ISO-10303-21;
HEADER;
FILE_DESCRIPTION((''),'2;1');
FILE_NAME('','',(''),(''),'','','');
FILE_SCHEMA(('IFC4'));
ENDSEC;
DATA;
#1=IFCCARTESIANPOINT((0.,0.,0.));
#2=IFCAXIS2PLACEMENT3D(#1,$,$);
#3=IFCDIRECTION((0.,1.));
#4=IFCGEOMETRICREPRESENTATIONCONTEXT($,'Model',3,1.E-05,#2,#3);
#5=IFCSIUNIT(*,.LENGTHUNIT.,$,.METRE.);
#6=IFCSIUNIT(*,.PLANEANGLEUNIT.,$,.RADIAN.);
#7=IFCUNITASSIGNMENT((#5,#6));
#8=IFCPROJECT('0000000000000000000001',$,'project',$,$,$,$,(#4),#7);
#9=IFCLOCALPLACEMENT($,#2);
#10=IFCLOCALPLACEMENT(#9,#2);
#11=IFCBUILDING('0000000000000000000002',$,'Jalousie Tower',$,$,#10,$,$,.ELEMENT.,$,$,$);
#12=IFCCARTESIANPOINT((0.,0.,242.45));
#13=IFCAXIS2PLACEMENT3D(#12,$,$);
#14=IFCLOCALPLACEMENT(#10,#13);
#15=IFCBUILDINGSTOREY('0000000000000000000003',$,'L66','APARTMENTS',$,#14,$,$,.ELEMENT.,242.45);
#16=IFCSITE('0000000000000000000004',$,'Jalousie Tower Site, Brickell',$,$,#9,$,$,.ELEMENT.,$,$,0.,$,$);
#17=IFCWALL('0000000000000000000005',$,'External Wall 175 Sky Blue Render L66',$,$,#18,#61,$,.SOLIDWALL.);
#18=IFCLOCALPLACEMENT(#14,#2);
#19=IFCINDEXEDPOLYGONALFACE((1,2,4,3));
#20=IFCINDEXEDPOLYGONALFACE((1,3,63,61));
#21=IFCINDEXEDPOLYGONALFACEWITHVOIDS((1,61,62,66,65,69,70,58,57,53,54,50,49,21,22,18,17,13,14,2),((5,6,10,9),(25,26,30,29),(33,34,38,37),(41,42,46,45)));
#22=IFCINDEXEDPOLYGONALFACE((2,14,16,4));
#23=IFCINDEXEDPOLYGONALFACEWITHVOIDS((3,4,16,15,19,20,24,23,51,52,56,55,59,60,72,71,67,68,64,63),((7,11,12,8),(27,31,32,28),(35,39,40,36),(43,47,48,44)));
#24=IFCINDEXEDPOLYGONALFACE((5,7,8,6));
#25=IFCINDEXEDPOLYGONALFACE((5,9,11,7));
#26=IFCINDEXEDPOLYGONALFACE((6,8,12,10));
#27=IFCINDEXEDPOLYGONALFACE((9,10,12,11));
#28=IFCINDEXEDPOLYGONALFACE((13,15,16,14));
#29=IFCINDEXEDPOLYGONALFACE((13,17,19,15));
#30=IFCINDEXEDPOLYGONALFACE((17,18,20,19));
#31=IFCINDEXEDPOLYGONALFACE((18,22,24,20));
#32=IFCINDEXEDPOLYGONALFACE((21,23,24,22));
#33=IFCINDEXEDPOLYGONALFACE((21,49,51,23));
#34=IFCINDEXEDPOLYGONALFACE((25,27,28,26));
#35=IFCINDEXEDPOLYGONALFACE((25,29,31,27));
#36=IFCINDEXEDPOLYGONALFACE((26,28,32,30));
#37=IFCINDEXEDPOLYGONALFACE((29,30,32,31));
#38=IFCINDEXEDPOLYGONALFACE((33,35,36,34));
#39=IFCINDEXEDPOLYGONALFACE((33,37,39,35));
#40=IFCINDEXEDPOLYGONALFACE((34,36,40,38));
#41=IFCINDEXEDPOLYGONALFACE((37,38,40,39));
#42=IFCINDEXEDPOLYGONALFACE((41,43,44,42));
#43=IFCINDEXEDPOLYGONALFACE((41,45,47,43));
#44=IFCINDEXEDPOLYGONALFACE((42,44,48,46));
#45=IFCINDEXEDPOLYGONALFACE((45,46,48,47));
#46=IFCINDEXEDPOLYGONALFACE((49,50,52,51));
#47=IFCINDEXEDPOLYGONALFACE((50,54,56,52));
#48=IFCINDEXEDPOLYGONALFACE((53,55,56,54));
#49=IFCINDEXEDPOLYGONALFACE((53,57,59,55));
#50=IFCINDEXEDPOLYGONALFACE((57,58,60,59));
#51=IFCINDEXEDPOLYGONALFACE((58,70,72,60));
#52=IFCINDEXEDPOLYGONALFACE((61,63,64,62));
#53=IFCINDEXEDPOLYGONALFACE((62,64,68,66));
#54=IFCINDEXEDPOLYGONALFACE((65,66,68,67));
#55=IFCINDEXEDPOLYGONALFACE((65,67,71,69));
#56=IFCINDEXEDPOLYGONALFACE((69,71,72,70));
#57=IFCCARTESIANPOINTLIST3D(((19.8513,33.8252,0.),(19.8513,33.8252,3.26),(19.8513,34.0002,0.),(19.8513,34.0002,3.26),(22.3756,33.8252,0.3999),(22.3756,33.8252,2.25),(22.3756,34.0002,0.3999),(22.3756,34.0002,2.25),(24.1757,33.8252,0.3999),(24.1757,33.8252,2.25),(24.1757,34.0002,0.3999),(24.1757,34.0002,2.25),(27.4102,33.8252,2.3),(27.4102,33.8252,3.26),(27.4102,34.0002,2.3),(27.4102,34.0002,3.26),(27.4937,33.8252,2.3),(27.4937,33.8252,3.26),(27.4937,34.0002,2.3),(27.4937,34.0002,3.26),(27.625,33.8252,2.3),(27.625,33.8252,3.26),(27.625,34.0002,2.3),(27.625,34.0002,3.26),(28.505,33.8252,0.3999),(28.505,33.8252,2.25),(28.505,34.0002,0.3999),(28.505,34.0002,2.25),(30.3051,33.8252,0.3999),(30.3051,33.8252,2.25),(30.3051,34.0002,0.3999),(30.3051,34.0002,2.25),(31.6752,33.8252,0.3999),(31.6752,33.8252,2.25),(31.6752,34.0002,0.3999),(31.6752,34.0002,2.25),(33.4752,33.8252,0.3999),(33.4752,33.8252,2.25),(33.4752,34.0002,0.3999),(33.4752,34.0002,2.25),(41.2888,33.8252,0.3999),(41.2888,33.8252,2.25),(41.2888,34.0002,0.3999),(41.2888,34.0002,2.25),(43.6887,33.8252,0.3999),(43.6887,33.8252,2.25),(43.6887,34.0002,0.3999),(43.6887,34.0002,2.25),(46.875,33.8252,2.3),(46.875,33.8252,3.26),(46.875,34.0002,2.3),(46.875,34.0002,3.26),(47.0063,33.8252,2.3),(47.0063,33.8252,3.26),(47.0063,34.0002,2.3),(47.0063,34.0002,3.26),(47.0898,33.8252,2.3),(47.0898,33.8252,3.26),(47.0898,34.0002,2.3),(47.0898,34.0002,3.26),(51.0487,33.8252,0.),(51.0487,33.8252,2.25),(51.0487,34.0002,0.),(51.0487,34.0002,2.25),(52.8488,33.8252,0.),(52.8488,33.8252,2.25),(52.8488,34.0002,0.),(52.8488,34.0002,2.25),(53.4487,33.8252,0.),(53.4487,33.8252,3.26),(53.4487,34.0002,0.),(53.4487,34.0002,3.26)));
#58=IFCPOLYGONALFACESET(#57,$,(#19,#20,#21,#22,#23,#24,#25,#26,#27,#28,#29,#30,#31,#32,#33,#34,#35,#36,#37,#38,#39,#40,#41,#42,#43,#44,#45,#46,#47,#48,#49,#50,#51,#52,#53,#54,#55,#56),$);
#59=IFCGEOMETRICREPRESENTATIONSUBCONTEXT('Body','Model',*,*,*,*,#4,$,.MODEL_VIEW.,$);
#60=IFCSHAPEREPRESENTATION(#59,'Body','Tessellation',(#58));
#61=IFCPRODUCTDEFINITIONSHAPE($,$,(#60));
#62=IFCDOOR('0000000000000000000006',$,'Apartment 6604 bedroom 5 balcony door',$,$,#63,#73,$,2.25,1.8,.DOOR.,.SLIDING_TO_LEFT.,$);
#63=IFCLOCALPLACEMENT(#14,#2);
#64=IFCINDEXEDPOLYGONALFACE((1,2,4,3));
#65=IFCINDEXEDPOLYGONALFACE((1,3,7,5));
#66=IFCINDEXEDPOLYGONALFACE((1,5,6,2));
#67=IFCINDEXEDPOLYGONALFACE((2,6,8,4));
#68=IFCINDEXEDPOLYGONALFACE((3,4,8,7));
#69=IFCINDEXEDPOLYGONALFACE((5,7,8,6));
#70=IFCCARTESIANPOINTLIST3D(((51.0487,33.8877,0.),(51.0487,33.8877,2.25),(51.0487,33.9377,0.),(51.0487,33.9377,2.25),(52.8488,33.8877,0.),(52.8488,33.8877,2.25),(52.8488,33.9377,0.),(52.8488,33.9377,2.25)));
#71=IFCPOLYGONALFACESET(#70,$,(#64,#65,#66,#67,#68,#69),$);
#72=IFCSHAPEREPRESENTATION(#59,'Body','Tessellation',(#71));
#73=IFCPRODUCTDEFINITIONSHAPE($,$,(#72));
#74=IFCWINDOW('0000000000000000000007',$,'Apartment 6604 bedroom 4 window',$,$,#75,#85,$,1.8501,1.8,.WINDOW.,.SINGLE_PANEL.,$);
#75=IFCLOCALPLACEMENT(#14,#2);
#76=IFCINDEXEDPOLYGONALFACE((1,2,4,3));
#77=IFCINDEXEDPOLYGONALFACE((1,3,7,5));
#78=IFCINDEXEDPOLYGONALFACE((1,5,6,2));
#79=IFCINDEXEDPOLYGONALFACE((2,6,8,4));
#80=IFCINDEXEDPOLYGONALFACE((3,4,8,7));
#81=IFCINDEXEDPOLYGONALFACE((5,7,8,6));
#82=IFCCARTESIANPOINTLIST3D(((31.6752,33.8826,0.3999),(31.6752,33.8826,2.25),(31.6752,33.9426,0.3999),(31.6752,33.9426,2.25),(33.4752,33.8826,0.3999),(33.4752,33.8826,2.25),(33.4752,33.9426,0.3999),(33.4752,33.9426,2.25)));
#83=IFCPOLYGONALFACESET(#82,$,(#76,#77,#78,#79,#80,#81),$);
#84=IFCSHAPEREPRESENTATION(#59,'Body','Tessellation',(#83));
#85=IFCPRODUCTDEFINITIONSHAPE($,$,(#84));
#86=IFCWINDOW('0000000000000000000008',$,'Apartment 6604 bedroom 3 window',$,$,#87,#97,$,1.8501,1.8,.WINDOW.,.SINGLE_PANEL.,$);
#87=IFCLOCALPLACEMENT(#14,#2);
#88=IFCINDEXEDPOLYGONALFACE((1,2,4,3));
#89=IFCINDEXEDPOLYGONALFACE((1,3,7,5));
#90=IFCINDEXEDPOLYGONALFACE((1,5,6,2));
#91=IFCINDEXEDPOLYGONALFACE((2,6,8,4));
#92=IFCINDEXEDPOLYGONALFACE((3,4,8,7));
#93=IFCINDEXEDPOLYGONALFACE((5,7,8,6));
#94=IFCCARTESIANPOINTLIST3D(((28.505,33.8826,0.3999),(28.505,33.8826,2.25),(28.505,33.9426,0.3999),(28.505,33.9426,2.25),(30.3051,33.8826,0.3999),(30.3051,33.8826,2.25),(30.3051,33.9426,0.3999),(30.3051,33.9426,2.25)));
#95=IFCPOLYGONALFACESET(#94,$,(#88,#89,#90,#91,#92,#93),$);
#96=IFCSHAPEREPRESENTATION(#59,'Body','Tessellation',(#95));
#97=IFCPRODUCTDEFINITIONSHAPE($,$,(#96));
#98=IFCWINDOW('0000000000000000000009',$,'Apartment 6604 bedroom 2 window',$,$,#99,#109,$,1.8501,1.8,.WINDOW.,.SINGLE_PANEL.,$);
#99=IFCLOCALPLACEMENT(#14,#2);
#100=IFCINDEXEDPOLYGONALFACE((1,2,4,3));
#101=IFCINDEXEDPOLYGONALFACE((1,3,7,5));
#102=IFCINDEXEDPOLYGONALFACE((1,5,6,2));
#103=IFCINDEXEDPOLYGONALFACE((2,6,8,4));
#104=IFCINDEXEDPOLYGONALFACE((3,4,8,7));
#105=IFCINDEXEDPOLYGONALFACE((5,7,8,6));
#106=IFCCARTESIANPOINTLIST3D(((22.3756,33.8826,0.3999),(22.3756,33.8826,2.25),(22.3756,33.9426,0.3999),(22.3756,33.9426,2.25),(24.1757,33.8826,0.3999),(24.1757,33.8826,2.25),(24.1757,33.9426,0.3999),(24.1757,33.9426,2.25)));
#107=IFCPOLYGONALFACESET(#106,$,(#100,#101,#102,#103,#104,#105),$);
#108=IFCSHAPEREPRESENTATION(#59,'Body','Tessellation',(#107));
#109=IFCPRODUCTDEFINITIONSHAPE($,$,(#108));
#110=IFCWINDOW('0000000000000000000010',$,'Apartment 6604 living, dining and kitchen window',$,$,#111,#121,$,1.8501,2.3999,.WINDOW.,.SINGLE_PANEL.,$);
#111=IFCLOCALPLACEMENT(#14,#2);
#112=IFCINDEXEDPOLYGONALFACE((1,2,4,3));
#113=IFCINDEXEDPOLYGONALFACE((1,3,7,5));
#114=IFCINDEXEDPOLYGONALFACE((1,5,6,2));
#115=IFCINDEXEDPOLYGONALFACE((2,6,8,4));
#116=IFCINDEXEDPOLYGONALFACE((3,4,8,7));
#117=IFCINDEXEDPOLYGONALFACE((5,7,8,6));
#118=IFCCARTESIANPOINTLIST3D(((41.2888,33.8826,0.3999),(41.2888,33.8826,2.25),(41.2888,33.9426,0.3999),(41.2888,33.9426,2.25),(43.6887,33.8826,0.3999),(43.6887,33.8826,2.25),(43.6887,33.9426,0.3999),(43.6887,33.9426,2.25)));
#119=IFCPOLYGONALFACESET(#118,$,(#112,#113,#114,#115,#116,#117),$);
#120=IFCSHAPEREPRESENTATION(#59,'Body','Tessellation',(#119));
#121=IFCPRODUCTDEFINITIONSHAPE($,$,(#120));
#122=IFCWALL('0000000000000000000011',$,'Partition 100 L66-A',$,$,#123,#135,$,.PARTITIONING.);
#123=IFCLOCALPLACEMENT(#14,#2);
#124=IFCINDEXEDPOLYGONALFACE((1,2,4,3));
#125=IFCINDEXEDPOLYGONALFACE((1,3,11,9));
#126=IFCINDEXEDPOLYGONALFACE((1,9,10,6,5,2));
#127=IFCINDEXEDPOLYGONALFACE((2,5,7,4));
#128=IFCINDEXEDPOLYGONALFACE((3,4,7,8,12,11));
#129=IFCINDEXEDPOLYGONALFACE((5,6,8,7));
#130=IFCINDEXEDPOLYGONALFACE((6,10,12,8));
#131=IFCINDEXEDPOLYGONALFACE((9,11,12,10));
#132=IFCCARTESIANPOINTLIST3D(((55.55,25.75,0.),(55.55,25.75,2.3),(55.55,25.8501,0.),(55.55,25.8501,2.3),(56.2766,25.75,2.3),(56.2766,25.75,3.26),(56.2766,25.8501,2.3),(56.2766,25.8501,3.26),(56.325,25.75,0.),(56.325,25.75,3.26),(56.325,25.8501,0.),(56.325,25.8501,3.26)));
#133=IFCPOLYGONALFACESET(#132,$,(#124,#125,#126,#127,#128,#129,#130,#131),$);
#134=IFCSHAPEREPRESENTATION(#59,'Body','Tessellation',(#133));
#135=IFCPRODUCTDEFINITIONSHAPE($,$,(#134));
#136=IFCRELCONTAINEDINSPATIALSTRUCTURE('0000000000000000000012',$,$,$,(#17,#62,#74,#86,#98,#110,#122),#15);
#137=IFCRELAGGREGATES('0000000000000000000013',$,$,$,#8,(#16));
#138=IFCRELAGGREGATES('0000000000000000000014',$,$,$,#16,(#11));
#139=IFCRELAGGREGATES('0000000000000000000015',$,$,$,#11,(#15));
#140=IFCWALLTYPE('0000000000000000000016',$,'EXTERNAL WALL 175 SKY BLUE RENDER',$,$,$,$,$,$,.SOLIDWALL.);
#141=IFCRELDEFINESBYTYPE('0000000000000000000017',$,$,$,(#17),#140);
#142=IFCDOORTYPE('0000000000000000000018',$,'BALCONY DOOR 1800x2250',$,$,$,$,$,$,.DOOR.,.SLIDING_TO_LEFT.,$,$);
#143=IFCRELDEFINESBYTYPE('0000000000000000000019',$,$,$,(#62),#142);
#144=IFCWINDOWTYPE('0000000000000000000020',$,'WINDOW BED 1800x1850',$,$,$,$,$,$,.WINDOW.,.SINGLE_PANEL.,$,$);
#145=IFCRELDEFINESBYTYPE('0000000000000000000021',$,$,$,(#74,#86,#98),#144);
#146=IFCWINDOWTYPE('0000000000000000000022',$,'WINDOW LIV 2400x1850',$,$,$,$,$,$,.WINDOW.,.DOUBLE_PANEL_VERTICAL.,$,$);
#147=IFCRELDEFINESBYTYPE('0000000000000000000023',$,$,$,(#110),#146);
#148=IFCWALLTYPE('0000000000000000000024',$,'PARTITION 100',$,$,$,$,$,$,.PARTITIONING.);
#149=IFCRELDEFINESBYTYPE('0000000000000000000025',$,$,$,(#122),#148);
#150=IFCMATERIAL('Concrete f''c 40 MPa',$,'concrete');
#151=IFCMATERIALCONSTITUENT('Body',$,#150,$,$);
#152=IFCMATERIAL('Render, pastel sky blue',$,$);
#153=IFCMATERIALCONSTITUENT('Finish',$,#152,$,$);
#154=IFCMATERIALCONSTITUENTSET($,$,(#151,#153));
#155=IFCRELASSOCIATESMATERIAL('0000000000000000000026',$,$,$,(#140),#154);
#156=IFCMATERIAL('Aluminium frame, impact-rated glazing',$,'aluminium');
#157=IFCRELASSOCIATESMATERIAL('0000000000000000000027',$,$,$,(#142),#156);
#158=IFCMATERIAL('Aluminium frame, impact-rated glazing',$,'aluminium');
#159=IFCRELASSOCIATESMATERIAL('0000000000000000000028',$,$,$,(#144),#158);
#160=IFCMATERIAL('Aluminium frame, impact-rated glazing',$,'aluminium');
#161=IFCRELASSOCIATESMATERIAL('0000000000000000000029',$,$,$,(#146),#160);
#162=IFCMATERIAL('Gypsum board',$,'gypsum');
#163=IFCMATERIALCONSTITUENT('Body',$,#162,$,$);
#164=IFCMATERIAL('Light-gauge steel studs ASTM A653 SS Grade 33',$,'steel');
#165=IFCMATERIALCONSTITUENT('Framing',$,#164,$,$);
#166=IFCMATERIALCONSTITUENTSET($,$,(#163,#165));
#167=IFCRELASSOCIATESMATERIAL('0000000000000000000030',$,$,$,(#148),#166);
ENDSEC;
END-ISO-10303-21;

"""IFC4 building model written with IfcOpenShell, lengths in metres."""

from ifc_helpers import new_model, si_unit, direction, frame, frame_2d, origin, place, context, subcontext, project, spatial, polyline, rectangle, outline, extrude, material, constituent, constituent_set, type_object, element, fill, save


model = new_model("IFC4")

# Units and contexts
model_context = context("Model", 3, precision=1e-05, world=origin(), true_north=direction((0.0, 1.0)))
body_context = subcontext(model_context, "Body", "Model", "MODEL_VIEW")
ifc_project = project(units=[si_unit("LENGTHUNIT", "METRE"), si_unit("PLANEANGLEUNIT", "RADIAN")], contexts=[model_context])

# Site, building, storey
site_placement = place(None, origin())
site = spatial("IfcSite", under=ifc_project, at=site_placement, Name="Jalousie Tower Site, Brickell", CompositionType="ELEMENT", RefElevation=0.0)
building_placement = place(site_placement, origin())
building = spatial("IfcBuilding", under=site, at=building_placement, Name="Jalousie Tower", CompositionType="ELEMENT")
storey_placement = place(building_placement, frame((0.0, 0.0, 242.45)))
storey = spatial("IfcBuildingStorey", under=building, at=storey_placement, Name="L66", Description="APARTMENTS", CompositionType="ELEMENT", Elevation=242.45)

# Wall, openings, door, windows
ifc_material_1 = material(Name="Concrete f'c 40 MPa", Category="concrete")
ifc_constituent_1 = constituent(ifc_material_1, Name="Body")
ifc_material_2 = material(Name="Render, pastel sky blue")
ifc_constituent_2 = constituent(ifc_material_2, Name="Finish")
ifc_constituent_set_1 = constituent_set(constituents=[ifc_constituent_1, ifc_constituent_2])
wall_type_1 = type_object("IfcWallType", Name="EXTERNAL WALL 175 SKY BLUE RENDER", PredefinedType="SOLIDWALL", material=ifc_constituent_set_1)
wall_1_placement = place(storey_placement, frame((53.4487, 33.9126, 0.0), z_axis=(0.0, 0.0, 1.0), x_axis=(-1.0, 0.0, 0.0)))
wall_1 = element("IfcWall", 1, at=wall_1_placement, inside=storey, type_object=wall_type_1, Name="External Wall 175 Sky Blue Render L66", PredefinedType="SOLIDWALL", context=body_context, shape_type="SweptSolid", body=[
    extrude(outline(polyline([(0.0, 0.0), (33.5974, 0.0), (33.5974, 3.26), (26.0386, 3.26), (26.0386, 2.3), (25.9551, 2.3), (25.9551, 3.26), (25.8237, 3.26), (25.8237, 2.3), (6.5737, 2.3), (6.5737, 3.26), (6.4424, 3.26), (6.4424, 2.3), (6.3589, 2.3), (6.3589, 3.26), (0.0, 3.26), (0.0, 0.0)])), frame((0.0, 0.0874, 0.0), z_axis=(0.0, -1.0, 0.0), x_axis=(1.0, 0.0, 0.0)), (0.0, 0.0, 1.0), 0.175),
])
opening_1_placement = place(wall_1_placement, frame((0.6001, 0.0, 0.0)))
opening_1 = element("IfcOpeningElement", 2, at=opening_1_placement, cuts=wall_1, PredefinedType="OPENING", context=body_context, shape_type="SweptSolid", body=[
    extrude(rectangle(XDim=1.8, YDim=2.25, at=frame_2d((0.8999, 1.125))), frame((0.0, 0.0974, 0.0), z_axis=(0.0, -1.0, 0.0), x_axis=(1.0, 0.0, 0.0)), (0.0, 0.0, 1.0), 0.1951),
])
opening_2_placement = place(wall_1_placement, frame((9.76, 0.0, 0.3999)))
opening_2 = element("IfcOpeningElement", 3, at=opening_2_placement, cuts=wall_1, PredefinedType="OPENING", context=body_context, shape_type="SweptSolid", body=[
    extrude(rectangle(XDim=2.3999, YDim=1.8501, at=frame_2d((1.2, 0.925))), frame((0.0, 0.0974, 0.0), z_axis=(0.0, -1.0, 0.0), x_axis=(1.0, 0.0, 0.0)), (0.0, 0.0, 1.0), 0.1951),
])
opening_3_placement = place(wall_1_placement, frame((19.9736, 0.0, 0.3999)))
opening_3 = element("IfcOpeningElement", 4, at=opening_3_placement, cuts=wall_1, PredefinedType="OPENING", context=body_context, shape_type="SweptSolid", body=[
    extrude(rectangle(XDim=1.8, YDim=1.8501, at=frame_2d((0.8999, 0.925))), frame((0.0, 0.0974, 0.0), z_axis=(0.0, -1.0, 0.0), x_axis=(1.0, 0.0, 0.0)), (0.0, 0.0, 1.0), 0.1951),
])
opening_4_placement = place(wall_1_placement, frame((23.1438, 0.0, 0.3999)))
opening_4 = element("IfcOpeningElement", 5, at=opening_4_placement, cuts=wall_1, PredefinedType="OPENING", context=body_context, shape_type="SweptSolid", body=[
    extrude(rectangle(XDim=1.8, YDim=1.8501, at=frame_2d((0.8999, 0.925))), frame((0.0, 0.0974, 0.0), z_axis=(0.0, -1.0, 0.0), x_axis=(1.0, 0.0, 0.0)), (0.0, 0.0, 1.0), 0.1951),
])
opening_5_placement = place(wall_1_placement, frame((29.2732, 0.0, 0.3999)))
opening_5 = element("IfcOpeningElement", 6, at=opening_5_placement, cuts=wall_1, PredefinedType="OPENING", context=body_context, shape_type="SweptSolid", body=[
    extrude(rectangle(XDim=1.8, YDim=1.8501, at=frame_2d((0.8999, 0.925))), frame((0.0, 0.0974, 0.0), z_axis=(0.0, -1.0, 0.0), x_axis=(1.0, 0.0, 0.0)), (0.0, 0.0, 1.0), 0.1951),
])
ifc_material_3 = material(Name="Aluminium frame, impact-rated glazing", Category="aluminium")
door_type_1 = type_object("IfcDoorType", Name="BALCONY DOOR 1800x2250", OperationType="SLIDING_TO_LEFT", PredefinedType="DOOR", material=ifc_material_3)
door_1_placement = place(opening_1_placement, origin())
door_1 = element("IfcDoor", 7, at=door_1_placement, inside=storey, type_object=door_type_1, Name="Apartment 6604 bedroom 5 balcony door", OperationType="SLIDING_TO_LEFT", OverallHeight=2.25, OverallWidth=1.8, PredefinedType="DOOR", context=body_context, shape_type="SweptSolid", body=[
    extrude(rectangle(XDim=1.8, YDim=2.25, at=frame_2d((0.8999, 1.125))), frame((0.0, 0.0249, 0.0), z_axis=(0.0, -1.0, 0.0), x_axis=(1.0, 0.0, 0.0)), (0.0, 0.0, 1.0), 0.05),
])
fill(opening_1, door_1)
ifc_material_4 = material(Name="Aluminium frame, impact-rated glazing", Category="aluminium")
window_type_1 = type_object("IfcWindowType", Name="WINDOW BED 1800x1850", PartitioningType="SINGLE_PANEL", PredefinedType="WINDOW", material=ifc_material_4)
window_1_placement = place(opening_3_placement, origin())
window_1 = element("IfcWindow", 8, at=window_1_placement, inside=storey, type_object=window_type_1, Name="Apartment 6604 bedroom 4 window", OverallHeight=1.8501, OverallWidth=1.8, PartitioningType="SINGLE_PANEL", PredefinedType="WINDOW", context=body_context, shape_type="SweptSolid", body=[
    extrude(rectangle(XDim=1.8, YDim=1.8501, at=frame_2d((0.8999, 0.925))), frame((0.0, 0.03, 0.0), z_axis=(0.0, -1.0, 0.0), x_axis=(1.0, 0.0, 0.0)), (0.0, 0.0, 1.0), 0.0601),
])
fill(opening_3, window_1)
window_2_placement = place(opening_4_placement, origin())
window_2 = element("IfcWindow", 9, at=window_2_placement, inside=storey, type_object=window_type_1, Name="Apartment 6604 bedroom 3 window", OverallHeight=1.8501, OverallWidth=1.8, PartitioningType="SINGLE_PANEL", PredefinedType="WINDOW", context=body_context, shape_type="SweptSolid", body=[
    extrude(rectangle(XDim=1.8, YDim=1.8501, at=frame_2d((0.8999, 0.925))), frame((0.0, 0.03, 0.0), z_axis=(0.0, -1.0, 0.0), x_axis=(1.0, 0.0, 0.0)), (0.0, 0.0, 1.0), 0.0601),
])
fill(opening_4, window_2)
window_3_placement = place(opening_5_placement, origin())
window_3 = element("IfcWindow", 10, at=window_3_placement, inside=storey, type_object=window_type_1, Name="Apartment 6604 bedroom 2 window", OverallHeight=1.8501, OverallWidth=1.8, PartitioningType="SINGLE_PANEL", PredefinedType="WINDOW", context=body_context, shape_type="SweptSolid", body=[
    extrude(rectangle(XDim=1.8, YDim=1.8501, at=frame_2d((0.8999, 0.925))), frame((0.0, 0.03, 0.0), z_axis=(0.0, -1.0, 0.0), x_axis=(1.0, 0.0, 0.0)), (0.0, 0.0, 1.0), 0.0601),
])
fill(opening_5, window_3)
ifc_material_5 = material(Name="Aluminium frame, impact-rated glazing", Category="aluminium")
window_type_2 = type_object("IfcWindowType", Name="WINDOW LIV 2400x1850", PartitioningType="DOUBLE_PANEL_VERTICAL", PredefinedType="WINDOW", material=ifc_material_5)
window_4_placement = place(opening_2_placement, origin())
window_4 = element("IfcWindow", 11, at=window_4_placement, inside=storey, type_object=window_type_2, Name="Apartment 6604 living, dining and kitchen window", OverallHeight=1.8501, OverallWidth=2.3999, PartitioningType="SINGLE_PANEL", PredefinedType="WINDOW", context=body_context, shape_type="SweptSolid", body=[
    extrude(rectangle(XDim=2.3999, YDim=1.8501, at=frame_2d((1.2, 0.925))), frame((0.0, 0.03, 0.0), z_axis=(0.0, -1.0, 0.0), x_axis=(1.0, 0.0, 0.0)), (0.0, 0.0, 1.0), 0.0601),
])
fill(opening_2, window_4)

# Wall
ifc_material_6 = material(Name="Gypsum board", Category="gypsum")
ifc_constituent_3 = constituent(ifc_material_6, Name="Body")
ifc_material_7 = material(Name="Light-gauge steel studs ASTM A653 SS Grade 33", Category="steel")
ifc_constituent_4 = constituent(ifc_material_7, Name="Framing")
ifc_constituent_set_2 = constituent_set(constituents=[ifc_constituent_3, ifc_constituent_4])
wall_type_2 = type_object("IfcWallType", Name="PARTITION 100", PredefinedType="PARTITIONING", material=ifc_constituent_set_2)
wall_2_placement = place(storey_placement, frame((56.325, 25.8, 0.0), z_axis=(0.0, 0.0, 1.0), x_axis=(-1.0, 0.0, 0.0)))
element("IfcWall", 12, at=wall_2_placement, inside=storey, type_object=wall_type_2, Name="Partition 100 L66-A", PredefinedType="PARTITIONING", context=body_context, shape_type="SweptSolid", body=[
    extrude(outline(polyline([(0.0, 0.0), (0.7749, 0.0), (0.7749, 2.3), (0.0483, 2.3), (0.0483, 3.26), (0.0, 3.26), (0.0, 0.0)])), frame((0.0, 0.05, 0.0), z_axis=(0.0, -1.0, 0.0), x_axis=(1.0, 0.0, 0.0)), (0.0, 0.0, 1.0), 0.1001),
])

save(model, "model.ifc")
